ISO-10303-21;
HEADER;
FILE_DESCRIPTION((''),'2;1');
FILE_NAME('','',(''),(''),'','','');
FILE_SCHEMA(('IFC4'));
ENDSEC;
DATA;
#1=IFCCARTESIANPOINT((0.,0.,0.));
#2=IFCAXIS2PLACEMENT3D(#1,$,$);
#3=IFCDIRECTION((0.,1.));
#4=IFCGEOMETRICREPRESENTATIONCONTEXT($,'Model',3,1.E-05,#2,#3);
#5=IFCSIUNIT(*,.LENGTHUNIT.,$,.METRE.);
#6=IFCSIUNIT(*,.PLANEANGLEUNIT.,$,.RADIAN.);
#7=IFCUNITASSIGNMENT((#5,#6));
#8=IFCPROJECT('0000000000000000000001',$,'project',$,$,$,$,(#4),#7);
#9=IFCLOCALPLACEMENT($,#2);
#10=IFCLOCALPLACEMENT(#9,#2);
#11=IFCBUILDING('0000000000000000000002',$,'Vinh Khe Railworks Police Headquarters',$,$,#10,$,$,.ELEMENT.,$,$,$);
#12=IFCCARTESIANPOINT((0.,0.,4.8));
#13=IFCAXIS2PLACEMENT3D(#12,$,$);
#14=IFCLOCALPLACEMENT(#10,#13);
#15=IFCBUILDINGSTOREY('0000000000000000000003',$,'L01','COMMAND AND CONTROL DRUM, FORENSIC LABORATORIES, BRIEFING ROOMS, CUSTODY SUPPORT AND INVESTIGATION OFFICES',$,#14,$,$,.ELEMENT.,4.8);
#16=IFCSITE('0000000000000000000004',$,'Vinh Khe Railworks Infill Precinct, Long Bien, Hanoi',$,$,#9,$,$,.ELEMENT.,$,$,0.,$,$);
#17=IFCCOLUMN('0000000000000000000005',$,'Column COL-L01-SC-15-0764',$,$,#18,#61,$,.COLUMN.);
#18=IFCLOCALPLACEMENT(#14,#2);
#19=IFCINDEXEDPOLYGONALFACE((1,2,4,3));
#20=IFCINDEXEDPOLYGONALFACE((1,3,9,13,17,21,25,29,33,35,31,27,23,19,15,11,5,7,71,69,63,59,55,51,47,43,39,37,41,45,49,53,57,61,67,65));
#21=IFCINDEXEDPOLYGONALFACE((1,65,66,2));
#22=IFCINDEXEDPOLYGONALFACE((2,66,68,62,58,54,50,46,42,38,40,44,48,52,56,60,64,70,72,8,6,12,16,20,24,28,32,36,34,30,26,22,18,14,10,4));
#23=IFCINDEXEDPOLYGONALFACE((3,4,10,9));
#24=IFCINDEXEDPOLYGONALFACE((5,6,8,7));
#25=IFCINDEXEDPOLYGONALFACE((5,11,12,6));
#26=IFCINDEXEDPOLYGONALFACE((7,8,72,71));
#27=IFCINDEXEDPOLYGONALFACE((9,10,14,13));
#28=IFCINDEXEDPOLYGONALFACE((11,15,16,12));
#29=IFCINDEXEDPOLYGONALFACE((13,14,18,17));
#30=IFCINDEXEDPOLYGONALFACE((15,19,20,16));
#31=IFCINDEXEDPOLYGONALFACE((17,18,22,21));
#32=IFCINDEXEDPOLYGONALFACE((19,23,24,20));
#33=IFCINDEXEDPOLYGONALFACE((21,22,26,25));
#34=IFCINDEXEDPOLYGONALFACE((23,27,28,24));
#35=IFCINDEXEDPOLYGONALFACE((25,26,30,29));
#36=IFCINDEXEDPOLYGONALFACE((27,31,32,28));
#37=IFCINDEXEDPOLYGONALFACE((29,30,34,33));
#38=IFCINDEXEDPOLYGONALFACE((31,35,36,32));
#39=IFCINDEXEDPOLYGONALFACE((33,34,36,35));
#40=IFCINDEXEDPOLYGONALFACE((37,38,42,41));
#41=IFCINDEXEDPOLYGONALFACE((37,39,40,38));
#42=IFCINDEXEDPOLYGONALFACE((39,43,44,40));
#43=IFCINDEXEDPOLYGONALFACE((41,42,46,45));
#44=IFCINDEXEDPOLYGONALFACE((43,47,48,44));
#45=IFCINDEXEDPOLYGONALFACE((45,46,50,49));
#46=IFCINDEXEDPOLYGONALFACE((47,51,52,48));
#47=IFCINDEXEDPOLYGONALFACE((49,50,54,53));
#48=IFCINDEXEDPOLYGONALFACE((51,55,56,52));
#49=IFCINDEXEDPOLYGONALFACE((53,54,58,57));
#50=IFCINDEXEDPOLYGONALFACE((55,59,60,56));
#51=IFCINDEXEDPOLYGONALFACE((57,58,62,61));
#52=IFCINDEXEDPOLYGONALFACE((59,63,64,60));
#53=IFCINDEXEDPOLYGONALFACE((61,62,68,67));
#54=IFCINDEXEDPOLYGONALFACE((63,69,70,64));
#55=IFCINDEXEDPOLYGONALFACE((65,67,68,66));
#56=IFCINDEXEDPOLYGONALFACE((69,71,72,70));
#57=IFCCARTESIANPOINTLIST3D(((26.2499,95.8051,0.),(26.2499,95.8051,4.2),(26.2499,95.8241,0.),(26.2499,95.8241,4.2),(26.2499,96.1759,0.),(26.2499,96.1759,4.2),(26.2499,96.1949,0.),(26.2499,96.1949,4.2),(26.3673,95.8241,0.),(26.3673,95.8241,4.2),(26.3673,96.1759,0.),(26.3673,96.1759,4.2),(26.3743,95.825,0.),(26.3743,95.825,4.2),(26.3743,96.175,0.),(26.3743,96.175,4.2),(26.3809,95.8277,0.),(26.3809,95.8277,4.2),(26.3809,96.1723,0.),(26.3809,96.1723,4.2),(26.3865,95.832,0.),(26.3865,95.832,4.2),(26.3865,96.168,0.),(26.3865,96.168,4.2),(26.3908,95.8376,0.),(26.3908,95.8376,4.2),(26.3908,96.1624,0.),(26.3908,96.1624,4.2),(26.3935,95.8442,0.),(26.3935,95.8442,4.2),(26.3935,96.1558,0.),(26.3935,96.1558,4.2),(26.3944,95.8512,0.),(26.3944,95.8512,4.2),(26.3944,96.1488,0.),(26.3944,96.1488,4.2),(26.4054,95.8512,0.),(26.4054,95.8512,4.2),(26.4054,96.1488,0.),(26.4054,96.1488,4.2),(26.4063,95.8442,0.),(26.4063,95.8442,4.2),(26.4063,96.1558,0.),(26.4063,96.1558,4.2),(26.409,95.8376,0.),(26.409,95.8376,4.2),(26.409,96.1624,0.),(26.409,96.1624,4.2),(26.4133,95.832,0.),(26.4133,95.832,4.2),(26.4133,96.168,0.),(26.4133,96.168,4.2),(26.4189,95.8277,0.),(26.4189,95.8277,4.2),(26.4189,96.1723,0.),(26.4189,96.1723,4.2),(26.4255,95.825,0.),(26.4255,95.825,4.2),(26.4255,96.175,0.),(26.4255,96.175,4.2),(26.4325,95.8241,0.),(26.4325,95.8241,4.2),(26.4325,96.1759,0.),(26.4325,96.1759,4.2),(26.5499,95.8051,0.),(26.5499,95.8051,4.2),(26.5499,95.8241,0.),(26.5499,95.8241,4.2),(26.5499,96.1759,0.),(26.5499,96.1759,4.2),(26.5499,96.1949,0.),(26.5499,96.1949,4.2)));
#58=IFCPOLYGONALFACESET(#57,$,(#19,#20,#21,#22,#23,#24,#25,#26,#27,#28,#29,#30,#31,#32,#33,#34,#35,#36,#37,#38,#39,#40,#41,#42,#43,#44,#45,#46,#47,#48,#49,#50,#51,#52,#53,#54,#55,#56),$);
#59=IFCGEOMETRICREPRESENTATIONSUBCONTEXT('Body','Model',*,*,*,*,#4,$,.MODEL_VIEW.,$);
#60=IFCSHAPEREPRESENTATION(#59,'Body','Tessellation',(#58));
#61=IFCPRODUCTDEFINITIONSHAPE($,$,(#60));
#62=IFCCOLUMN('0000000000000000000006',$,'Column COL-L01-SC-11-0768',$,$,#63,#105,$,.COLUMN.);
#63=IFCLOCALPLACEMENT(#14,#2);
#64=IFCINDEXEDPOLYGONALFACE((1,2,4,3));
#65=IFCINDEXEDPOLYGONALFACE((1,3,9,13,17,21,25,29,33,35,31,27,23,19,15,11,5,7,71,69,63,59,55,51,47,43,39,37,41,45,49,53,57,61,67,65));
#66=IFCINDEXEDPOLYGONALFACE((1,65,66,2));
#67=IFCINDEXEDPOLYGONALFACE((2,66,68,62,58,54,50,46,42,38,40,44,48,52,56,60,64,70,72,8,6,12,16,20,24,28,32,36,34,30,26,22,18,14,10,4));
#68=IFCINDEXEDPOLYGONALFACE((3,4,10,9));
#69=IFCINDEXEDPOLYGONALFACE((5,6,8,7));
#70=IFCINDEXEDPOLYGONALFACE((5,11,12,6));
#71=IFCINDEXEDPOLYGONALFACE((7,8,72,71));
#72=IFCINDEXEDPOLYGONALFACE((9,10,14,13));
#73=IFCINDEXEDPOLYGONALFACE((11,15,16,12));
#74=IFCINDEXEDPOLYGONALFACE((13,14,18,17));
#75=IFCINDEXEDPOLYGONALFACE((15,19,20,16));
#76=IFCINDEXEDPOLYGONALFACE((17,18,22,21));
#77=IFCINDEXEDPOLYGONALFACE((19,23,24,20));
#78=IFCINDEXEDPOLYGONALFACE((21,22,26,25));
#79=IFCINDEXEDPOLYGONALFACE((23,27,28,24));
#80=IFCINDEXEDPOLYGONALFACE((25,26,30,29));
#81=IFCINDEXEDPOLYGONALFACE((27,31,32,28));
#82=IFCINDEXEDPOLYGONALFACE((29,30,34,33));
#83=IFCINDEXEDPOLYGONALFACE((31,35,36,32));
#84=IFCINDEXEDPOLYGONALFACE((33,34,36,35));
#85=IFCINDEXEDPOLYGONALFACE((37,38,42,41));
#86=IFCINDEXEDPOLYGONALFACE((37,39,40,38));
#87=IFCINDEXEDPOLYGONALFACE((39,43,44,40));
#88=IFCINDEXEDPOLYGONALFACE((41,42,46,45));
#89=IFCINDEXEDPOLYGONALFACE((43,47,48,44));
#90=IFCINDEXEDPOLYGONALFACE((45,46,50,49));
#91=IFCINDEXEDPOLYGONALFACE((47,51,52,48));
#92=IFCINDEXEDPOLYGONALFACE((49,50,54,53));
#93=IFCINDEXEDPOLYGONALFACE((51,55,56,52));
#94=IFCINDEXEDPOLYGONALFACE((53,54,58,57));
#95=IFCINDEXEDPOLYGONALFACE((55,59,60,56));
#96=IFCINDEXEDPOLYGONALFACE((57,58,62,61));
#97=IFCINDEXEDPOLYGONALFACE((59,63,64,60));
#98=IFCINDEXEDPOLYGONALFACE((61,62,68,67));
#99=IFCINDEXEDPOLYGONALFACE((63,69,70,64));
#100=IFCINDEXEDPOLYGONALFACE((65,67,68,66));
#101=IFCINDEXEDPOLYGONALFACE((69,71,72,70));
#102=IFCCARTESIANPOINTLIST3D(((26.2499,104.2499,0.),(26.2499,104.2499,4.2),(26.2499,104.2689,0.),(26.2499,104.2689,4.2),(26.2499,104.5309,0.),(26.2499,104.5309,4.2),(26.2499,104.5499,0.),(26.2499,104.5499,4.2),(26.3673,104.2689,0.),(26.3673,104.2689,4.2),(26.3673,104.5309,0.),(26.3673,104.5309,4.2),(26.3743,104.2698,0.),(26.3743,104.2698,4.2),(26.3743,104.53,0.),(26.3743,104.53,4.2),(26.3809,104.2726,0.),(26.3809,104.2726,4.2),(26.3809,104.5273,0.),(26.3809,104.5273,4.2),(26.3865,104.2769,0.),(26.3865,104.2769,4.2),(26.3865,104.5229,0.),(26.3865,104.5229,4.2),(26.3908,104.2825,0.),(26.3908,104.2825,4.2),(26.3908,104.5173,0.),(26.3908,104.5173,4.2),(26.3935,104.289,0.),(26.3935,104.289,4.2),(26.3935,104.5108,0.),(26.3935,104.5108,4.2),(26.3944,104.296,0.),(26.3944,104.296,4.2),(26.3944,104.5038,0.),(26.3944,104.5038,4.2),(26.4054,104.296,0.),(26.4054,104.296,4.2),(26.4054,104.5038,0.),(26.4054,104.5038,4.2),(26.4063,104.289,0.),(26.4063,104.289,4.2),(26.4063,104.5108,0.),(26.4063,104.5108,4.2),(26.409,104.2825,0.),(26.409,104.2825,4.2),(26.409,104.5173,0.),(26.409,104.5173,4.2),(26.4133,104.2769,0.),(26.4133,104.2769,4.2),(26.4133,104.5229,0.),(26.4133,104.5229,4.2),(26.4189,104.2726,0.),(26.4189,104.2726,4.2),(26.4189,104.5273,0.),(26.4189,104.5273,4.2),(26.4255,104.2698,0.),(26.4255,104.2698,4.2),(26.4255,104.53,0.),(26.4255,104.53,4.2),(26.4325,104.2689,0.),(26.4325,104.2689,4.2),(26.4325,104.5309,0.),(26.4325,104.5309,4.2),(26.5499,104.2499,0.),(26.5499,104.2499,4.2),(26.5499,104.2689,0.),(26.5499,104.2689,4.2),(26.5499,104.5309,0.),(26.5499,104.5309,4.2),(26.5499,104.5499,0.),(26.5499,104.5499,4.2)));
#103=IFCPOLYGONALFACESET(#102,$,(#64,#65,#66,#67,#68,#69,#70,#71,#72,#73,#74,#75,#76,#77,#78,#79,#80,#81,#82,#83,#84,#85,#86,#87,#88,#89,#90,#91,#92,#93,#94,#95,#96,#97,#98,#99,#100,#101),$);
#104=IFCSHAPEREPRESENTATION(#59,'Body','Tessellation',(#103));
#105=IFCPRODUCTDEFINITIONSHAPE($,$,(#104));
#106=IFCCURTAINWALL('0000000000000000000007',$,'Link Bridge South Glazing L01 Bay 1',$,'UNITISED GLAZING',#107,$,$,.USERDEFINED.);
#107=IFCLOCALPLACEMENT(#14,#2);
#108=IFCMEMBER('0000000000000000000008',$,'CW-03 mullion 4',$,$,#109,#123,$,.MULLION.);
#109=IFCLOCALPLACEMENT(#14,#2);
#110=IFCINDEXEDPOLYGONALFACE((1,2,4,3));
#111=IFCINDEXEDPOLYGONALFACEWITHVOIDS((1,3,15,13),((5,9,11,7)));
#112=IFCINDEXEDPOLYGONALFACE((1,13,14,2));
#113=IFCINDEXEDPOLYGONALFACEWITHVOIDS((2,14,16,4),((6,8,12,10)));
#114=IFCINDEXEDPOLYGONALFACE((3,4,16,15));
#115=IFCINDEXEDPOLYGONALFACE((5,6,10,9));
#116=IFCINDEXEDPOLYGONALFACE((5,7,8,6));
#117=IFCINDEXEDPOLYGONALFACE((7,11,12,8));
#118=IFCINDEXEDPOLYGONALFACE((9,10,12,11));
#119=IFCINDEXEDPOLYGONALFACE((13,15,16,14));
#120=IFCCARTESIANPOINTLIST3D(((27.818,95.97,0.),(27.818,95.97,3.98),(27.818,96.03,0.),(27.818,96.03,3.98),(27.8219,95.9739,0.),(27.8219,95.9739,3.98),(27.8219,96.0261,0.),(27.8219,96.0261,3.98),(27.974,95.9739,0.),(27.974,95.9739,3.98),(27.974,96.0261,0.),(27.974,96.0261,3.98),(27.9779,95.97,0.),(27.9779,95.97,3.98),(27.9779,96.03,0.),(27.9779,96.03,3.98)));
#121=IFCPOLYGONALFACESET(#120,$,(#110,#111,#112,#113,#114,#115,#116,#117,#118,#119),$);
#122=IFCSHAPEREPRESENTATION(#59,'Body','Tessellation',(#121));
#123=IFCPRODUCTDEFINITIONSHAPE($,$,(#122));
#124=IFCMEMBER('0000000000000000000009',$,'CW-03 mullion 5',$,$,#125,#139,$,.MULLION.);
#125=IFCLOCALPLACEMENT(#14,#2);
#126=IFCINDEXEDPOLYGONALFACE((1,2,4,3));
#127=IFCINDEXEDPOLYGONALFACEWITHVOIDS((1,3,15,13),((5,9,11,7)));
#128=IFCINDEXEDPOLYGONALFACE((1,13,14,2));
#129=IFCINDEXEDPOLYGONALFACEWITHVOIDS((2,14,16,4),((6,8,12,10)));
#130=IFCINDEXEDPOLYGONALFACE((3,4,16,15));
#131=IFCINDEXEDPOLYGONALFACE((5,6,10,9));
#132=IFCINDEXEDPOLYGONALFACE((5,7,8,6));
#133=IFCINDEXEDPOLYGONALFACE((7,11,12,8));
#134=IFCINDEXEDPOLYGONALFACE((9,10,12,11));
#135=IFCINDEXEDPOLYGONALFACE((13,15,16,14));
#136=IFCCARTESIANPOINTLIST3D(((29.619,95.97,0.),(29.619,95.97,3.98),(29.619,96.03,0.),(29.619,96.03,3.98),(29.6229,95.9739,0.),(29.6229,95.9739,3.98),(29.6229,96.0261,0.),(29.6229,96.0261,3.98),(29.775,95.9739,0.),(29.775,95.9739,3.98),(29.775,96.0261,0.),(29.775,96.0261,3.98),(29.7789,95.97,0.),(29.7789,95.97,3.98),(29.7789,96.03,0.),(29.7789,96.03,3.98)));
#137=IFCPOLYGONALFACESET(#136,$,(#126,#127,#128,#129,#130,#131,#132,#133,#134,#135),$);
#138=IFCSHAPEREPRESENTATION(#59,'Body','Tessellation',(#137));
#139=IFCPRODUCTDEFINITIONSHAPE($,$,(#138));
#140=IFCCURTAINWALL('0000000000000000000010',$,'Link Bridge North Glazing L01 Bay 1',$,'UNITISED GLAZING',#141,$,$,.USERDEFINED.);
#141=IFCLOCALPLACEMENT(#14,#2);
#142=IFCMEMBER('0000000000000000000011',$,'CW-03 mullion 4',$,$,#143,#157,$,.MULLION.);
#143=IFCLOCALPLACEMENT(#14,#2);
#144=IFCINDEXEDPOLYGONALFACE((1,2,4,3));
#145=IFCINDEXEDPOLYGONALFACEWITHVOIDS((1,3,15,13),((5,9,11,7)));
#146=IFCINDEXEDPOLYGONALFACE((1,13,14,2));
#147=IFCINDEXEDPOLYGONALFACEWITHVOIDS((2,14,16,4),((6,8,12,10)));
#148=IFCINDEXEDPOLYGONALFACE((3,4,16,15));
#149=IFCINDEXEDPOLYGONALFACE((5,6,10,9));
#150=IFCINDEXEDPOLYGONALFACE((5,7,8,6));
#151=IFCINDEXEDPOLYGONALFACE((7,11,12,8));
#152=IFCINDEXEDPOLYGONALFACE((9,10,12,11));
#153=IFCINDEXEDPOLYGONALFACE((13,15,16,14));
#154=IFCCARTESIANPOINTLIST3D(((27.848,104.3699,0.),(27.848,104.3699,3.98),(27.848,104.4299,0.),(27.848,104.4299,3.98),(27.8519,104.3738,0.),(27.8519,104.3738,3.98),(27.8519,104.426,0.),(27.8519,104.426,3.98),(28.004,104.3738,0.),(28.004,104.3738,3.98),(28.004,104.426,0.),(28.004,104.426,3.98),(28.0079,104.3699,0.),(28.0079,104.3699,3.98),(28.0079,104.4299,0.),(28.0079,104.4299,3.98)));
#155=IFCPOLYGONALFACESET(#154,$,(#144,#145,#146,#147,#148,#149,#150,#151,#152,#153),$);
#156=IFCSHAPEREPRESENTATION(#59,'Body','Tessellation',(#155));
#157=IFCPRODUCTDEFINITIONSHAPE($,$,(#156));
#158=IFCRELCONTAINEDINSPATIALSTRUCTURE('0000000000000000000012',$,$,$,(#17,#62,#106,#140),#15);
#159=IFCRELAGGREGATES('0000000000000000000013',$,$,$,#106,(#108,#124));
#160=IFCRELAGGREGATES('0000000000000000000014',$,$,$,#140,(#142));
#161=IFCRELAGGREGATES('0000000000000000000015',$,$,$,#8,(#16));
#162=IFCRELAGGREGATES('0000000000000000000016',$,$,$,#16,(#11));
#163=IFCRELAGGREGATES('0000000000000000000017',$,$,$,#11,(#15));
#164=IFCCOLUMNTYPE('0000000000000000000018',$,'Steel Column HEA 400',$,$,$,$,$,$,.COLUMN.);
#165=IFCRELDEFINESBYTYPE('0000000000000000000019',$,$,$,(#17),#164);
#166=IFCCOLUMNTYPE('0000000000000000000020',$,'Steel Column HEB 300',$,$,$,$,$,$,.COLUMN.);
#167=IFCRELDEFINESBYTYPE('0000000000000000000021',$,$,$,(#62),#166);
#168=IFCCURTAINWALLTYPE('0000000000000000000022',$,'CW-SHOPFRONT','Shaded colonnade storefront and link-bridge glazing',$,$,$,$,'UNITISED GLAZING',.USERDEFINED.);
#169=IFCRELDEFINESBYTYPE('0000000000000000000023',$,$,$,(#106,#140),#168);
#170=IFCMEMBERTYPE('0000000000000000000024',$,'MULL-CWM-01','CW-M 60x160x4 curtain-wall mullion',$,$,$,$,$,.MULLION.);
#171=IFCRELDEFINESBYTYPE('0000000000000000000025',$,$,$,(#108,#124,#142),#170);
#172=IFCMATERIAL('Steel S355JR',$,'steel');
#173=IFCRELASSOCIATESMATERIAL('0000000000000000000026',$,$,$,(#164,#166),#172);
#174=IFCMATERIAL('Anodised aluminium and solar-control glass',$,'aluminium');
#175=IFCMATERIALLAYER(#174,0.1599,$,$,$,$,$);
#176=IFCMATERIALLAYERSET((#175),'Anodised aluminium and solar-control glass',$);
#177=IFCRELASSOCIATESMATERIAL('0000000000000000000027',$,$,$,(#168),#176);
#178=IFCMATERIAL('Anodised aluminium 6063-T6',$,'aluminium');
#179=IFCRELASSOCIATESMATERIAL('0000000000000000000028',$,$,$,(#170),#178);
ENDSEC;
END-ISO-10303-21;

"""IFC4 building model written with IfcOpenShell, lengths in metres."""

from ifc_helpers import new_model, si_unit, direction, frame, origin, origin_2d, place, context, subcontext, project, spatial, hollow_rectangle, i_section, extrude, material, layer, layer_set, material_profile, profile_set, type_object, element, aggregate, save


model = new_model("IFC4")

# Units and contexts
model_context = context("Model", 3, precision=1e-05, world=origin(), true_north=direction((0.0, 1.0)))
body_context = subcontext(model_context, "Body", "Model", "MODEL_VIEW")
ifc_project = project(units=[si_unit("LENGTHUNIT", "METRE"), si_unit("PLANEANGLEUNIT", "RADIAN")], contexts=[model_context])

# Site, building, storey
site_placement = place(None, origin())
site = spatial("IfcSite", under=ifc_project, at=site_placement, Name="Vinh Khe Railworks Infill Precinct, Long Bien, Hanoi", CompositionType="ELEMENT", RefElevation=0.0)
building_placement = place(site_placement, origin())
building = spatial("IfcBuilding", under=site, at=building_placement, Name="Vinh Khe Railworks Police Headquarters", CompositionType="ELEMENT")
storey_placement = place(building_placement, frame((0.0, 0.0, 4.8)))
storey = spatial("IfcBuildingStorey", under=building, at=storey_placement, Name="L01", Description="COMMAND AND CONTROL DRUM, FORENSIC LABORATORIES, BRIEFING ROOMS, CUSTODY SUPPORT AND INVESTIGATION OFFICES", CompositionType="ELEMENT", Elevation=4.8)

# Columns
ifc_material_1 = material(Name="Steel S355JR", Category="steel")
ifc_material_profile_1 = material_profile(ifc_material_1, i_section(OverallWidth=0.3, OverallDepth=0.3899, WebThickness=0.011, FlangeThickness=0.019, FilletRadius=0.0271, at=origin_2d()), Name="HEA 400")
ifc_profile_set_1 = profile_set([ifc_material_profile_1], Name="Steel S355JR")
column_type_1 = type_object("IfcColumnType", Name="Steel Column HEA 400", PredefinedType="COLUMN", material=ifc_profile_set_1)
column_1_placement = place(storey_placement, frame((26.3999, 96.0, 0.0), z_axis=(0.0, 0.0, 1.0), x_axis=(1.0, 0.0, 0.0)))
element("IfcColumn", 1, at=column_1_placement, inside=storey, type_object=column_type_1, Name="Column COL-L01-SC-15-0764", PredefinedType="COLUMN", context=body_context, shape_type="SweptSolid", body=[
    extrude(i_section(OverallWidth=0.3, OverallDepth=0.3899, WebThickness=0.011, FlangeThickness=0.019, FilletRadius=0.0271, at=origin_2d()), origin(), (0.0, 0.0, 1.0), 4.2),
])
ifc_material_profile_2 = material_profile(ifc_material_1, i_section(OverallWidth=0.3, OverallDepth=0.3, WebThickness=0.011, FlangeThickness=0.019, FilletRadius=0.0271, at=origin_2d()), Name="HEB 300")
ifc_profile_set_2 = profile_set([ifc_material_profile_2], Name="Steel S355JR")
column_type_2 = type_object("IfcColumnType", Name="Steel Column HEB 300", PredefinedType="COLUMN", material=ifc_profile_set_2)
column_2_placement = place(storey_placement, frame((26.3999, 104.3999, 0.0), z_axis=(0.0, 0.0, 1.0), x_axis=(1.0, 0.0, 0.0)))
element("IfcColumn", 2, at=column_2_placement, inside=storey, type_object=column_type_2, Name="Column COL-L01-SC-11-0768", PredefinedType="COLUMN", context=body_context, shape_type="SweptSolid", body=[
    extrude(i_section(OverallWidth=0.3, OverallDepth=0.3, WebThickness=0.011, FlangeThickness=0.019, FilletRadius=0.0271, at=origin_2d()), origin(), (0.0, 0.0, 1.0), 4.2),
])

# Curtain wall, members
ifc_material_2 = material(Name="Anodised aluminium and solar-control glass", Category="aluminium")
ifc_layer_1 = layer(ifc_material_2, 0.1599)
ifc_layer_set_1 = layer_set([ifc_layer_1], Name="Anodised aluminium and solar-control glass")
curtain_wall_type = type_object("IfcCurtainWallType", Name="CW-SHOPFRONT", Description="Shaded colonnade storefront and link-bridge glazing", ElementType="UNITISED GLAZING", PredefinedType="USERDEFINED", material=ifc_layer_set_1)
curtain_wall_1_placement = place(storey_placement, origin())
curtain_wall_1 = element("IfcCurtainWall", 3, at=curtain_wall_1_placement, inside=storey, type_object=curtain_wall_type, Name="Link Bridge South Glazing L01 Bay 1", ObjectType="UNITISED GLAZING", PredefinedType="USERDEFINED")
ifc_material_3 = material(Name="Anodised aluminium 6063-T6", Category="aluminium")
ifc_material_profile_3 = material_profile(ifc_material_3, hollow_rectangle(XDim=0.0601, YDim=0.1599, WallThickness=0.0039, at=origin_2d()), Name="CW-M 60x160x4")
ifc_profile_set_3 = profile_set([ifc_material_profile_3], Name="Anodised aluminium 6063-T6")
member_type_1 = type_object("IfcMemberType", Name="MULL-CWM-01", Description="CW-M 60x160x4 curtain-wall mullion", PredefinedType="MULLION", material=ifc_profile_set_3)
member_1_placement = place(storey_placement, frame((27.8979, 96.0, 0.0), z_axis=(0.0, 0.0, 1.0), x_axis=(0.0, 1.0, 0.0)))
member_1 = element("IfcMember", 4, at=member_1_placement, type_object=member_type_1, Name="CW-03 mullion 4", PredefinedType="MULLION", context=body_context, shape_type="SweptSolid", body=[
    extrude(hollow_rectangle(XDim=0.0601, YDim=0.1599, WallThickness=0.0039, at=origin_2d()), origin(), (0.0, 0.0, 1.0), 3.98),
])
member_2_placement = place(storey_placement, frame((29.699, 96.0, 0.0), z_axis=(0.0, 0.0, 1.0), x_axis=(0.0, 1.0, 0.0)))
member_2 = element("IfcMember", 5, at=member_2_placement, type_object=member_type_1, Name="CW-03 mullion 5", PredefinedType="MULLION", context=body_context, shape_type="SweptSolid", body=[
    extrude(hollow_rectangle(XDim=0.0601, YDim=0.1599, WallThickness=0.0039, at=origin_2d()), origin(), (0.0, 0.0, 1.0), 3.98),
])

# Curtain wall, member
curtain_wall_2_placement = place(storey_placement, origin())
curtain_wall_2 = element("IfcCurtainWall", 6, at=curtain_wall_2_placement, inside=storey, type_object=curtain_wall_type, Name="Link Bridge North Glazing L01 Bay 1", ObjectType="UNITISED GLAZING", PredefinedType="USERDEFINED")
member_3_placement = place(storey_placement, frame((27.928, 104.3999, 0.0), z_axis=(0.0, 0.0, 1.0), x_axis=(0.0, 1.0, 0.0)))
member_3 = element("IfcMember", 7, at=member_3_placement, type_object=member_type_1, Name="CW-03 mullion 4", PredefinedType="MULLION", context=body_context, shape_type="SweptSolid", body=[
    extrude(hollow_rectangle(XDim=0.0601, YDim=0.1599, WallThickness=0.0039, at=origin_2d()), origin(), (0.0, 0.0, 1.0), 3.98),
])

aggregate(curtain_wall_1, [member_1, member_2])
aggregate(curtain_wall_2, [member_3])

save(model, "model.ifc")
